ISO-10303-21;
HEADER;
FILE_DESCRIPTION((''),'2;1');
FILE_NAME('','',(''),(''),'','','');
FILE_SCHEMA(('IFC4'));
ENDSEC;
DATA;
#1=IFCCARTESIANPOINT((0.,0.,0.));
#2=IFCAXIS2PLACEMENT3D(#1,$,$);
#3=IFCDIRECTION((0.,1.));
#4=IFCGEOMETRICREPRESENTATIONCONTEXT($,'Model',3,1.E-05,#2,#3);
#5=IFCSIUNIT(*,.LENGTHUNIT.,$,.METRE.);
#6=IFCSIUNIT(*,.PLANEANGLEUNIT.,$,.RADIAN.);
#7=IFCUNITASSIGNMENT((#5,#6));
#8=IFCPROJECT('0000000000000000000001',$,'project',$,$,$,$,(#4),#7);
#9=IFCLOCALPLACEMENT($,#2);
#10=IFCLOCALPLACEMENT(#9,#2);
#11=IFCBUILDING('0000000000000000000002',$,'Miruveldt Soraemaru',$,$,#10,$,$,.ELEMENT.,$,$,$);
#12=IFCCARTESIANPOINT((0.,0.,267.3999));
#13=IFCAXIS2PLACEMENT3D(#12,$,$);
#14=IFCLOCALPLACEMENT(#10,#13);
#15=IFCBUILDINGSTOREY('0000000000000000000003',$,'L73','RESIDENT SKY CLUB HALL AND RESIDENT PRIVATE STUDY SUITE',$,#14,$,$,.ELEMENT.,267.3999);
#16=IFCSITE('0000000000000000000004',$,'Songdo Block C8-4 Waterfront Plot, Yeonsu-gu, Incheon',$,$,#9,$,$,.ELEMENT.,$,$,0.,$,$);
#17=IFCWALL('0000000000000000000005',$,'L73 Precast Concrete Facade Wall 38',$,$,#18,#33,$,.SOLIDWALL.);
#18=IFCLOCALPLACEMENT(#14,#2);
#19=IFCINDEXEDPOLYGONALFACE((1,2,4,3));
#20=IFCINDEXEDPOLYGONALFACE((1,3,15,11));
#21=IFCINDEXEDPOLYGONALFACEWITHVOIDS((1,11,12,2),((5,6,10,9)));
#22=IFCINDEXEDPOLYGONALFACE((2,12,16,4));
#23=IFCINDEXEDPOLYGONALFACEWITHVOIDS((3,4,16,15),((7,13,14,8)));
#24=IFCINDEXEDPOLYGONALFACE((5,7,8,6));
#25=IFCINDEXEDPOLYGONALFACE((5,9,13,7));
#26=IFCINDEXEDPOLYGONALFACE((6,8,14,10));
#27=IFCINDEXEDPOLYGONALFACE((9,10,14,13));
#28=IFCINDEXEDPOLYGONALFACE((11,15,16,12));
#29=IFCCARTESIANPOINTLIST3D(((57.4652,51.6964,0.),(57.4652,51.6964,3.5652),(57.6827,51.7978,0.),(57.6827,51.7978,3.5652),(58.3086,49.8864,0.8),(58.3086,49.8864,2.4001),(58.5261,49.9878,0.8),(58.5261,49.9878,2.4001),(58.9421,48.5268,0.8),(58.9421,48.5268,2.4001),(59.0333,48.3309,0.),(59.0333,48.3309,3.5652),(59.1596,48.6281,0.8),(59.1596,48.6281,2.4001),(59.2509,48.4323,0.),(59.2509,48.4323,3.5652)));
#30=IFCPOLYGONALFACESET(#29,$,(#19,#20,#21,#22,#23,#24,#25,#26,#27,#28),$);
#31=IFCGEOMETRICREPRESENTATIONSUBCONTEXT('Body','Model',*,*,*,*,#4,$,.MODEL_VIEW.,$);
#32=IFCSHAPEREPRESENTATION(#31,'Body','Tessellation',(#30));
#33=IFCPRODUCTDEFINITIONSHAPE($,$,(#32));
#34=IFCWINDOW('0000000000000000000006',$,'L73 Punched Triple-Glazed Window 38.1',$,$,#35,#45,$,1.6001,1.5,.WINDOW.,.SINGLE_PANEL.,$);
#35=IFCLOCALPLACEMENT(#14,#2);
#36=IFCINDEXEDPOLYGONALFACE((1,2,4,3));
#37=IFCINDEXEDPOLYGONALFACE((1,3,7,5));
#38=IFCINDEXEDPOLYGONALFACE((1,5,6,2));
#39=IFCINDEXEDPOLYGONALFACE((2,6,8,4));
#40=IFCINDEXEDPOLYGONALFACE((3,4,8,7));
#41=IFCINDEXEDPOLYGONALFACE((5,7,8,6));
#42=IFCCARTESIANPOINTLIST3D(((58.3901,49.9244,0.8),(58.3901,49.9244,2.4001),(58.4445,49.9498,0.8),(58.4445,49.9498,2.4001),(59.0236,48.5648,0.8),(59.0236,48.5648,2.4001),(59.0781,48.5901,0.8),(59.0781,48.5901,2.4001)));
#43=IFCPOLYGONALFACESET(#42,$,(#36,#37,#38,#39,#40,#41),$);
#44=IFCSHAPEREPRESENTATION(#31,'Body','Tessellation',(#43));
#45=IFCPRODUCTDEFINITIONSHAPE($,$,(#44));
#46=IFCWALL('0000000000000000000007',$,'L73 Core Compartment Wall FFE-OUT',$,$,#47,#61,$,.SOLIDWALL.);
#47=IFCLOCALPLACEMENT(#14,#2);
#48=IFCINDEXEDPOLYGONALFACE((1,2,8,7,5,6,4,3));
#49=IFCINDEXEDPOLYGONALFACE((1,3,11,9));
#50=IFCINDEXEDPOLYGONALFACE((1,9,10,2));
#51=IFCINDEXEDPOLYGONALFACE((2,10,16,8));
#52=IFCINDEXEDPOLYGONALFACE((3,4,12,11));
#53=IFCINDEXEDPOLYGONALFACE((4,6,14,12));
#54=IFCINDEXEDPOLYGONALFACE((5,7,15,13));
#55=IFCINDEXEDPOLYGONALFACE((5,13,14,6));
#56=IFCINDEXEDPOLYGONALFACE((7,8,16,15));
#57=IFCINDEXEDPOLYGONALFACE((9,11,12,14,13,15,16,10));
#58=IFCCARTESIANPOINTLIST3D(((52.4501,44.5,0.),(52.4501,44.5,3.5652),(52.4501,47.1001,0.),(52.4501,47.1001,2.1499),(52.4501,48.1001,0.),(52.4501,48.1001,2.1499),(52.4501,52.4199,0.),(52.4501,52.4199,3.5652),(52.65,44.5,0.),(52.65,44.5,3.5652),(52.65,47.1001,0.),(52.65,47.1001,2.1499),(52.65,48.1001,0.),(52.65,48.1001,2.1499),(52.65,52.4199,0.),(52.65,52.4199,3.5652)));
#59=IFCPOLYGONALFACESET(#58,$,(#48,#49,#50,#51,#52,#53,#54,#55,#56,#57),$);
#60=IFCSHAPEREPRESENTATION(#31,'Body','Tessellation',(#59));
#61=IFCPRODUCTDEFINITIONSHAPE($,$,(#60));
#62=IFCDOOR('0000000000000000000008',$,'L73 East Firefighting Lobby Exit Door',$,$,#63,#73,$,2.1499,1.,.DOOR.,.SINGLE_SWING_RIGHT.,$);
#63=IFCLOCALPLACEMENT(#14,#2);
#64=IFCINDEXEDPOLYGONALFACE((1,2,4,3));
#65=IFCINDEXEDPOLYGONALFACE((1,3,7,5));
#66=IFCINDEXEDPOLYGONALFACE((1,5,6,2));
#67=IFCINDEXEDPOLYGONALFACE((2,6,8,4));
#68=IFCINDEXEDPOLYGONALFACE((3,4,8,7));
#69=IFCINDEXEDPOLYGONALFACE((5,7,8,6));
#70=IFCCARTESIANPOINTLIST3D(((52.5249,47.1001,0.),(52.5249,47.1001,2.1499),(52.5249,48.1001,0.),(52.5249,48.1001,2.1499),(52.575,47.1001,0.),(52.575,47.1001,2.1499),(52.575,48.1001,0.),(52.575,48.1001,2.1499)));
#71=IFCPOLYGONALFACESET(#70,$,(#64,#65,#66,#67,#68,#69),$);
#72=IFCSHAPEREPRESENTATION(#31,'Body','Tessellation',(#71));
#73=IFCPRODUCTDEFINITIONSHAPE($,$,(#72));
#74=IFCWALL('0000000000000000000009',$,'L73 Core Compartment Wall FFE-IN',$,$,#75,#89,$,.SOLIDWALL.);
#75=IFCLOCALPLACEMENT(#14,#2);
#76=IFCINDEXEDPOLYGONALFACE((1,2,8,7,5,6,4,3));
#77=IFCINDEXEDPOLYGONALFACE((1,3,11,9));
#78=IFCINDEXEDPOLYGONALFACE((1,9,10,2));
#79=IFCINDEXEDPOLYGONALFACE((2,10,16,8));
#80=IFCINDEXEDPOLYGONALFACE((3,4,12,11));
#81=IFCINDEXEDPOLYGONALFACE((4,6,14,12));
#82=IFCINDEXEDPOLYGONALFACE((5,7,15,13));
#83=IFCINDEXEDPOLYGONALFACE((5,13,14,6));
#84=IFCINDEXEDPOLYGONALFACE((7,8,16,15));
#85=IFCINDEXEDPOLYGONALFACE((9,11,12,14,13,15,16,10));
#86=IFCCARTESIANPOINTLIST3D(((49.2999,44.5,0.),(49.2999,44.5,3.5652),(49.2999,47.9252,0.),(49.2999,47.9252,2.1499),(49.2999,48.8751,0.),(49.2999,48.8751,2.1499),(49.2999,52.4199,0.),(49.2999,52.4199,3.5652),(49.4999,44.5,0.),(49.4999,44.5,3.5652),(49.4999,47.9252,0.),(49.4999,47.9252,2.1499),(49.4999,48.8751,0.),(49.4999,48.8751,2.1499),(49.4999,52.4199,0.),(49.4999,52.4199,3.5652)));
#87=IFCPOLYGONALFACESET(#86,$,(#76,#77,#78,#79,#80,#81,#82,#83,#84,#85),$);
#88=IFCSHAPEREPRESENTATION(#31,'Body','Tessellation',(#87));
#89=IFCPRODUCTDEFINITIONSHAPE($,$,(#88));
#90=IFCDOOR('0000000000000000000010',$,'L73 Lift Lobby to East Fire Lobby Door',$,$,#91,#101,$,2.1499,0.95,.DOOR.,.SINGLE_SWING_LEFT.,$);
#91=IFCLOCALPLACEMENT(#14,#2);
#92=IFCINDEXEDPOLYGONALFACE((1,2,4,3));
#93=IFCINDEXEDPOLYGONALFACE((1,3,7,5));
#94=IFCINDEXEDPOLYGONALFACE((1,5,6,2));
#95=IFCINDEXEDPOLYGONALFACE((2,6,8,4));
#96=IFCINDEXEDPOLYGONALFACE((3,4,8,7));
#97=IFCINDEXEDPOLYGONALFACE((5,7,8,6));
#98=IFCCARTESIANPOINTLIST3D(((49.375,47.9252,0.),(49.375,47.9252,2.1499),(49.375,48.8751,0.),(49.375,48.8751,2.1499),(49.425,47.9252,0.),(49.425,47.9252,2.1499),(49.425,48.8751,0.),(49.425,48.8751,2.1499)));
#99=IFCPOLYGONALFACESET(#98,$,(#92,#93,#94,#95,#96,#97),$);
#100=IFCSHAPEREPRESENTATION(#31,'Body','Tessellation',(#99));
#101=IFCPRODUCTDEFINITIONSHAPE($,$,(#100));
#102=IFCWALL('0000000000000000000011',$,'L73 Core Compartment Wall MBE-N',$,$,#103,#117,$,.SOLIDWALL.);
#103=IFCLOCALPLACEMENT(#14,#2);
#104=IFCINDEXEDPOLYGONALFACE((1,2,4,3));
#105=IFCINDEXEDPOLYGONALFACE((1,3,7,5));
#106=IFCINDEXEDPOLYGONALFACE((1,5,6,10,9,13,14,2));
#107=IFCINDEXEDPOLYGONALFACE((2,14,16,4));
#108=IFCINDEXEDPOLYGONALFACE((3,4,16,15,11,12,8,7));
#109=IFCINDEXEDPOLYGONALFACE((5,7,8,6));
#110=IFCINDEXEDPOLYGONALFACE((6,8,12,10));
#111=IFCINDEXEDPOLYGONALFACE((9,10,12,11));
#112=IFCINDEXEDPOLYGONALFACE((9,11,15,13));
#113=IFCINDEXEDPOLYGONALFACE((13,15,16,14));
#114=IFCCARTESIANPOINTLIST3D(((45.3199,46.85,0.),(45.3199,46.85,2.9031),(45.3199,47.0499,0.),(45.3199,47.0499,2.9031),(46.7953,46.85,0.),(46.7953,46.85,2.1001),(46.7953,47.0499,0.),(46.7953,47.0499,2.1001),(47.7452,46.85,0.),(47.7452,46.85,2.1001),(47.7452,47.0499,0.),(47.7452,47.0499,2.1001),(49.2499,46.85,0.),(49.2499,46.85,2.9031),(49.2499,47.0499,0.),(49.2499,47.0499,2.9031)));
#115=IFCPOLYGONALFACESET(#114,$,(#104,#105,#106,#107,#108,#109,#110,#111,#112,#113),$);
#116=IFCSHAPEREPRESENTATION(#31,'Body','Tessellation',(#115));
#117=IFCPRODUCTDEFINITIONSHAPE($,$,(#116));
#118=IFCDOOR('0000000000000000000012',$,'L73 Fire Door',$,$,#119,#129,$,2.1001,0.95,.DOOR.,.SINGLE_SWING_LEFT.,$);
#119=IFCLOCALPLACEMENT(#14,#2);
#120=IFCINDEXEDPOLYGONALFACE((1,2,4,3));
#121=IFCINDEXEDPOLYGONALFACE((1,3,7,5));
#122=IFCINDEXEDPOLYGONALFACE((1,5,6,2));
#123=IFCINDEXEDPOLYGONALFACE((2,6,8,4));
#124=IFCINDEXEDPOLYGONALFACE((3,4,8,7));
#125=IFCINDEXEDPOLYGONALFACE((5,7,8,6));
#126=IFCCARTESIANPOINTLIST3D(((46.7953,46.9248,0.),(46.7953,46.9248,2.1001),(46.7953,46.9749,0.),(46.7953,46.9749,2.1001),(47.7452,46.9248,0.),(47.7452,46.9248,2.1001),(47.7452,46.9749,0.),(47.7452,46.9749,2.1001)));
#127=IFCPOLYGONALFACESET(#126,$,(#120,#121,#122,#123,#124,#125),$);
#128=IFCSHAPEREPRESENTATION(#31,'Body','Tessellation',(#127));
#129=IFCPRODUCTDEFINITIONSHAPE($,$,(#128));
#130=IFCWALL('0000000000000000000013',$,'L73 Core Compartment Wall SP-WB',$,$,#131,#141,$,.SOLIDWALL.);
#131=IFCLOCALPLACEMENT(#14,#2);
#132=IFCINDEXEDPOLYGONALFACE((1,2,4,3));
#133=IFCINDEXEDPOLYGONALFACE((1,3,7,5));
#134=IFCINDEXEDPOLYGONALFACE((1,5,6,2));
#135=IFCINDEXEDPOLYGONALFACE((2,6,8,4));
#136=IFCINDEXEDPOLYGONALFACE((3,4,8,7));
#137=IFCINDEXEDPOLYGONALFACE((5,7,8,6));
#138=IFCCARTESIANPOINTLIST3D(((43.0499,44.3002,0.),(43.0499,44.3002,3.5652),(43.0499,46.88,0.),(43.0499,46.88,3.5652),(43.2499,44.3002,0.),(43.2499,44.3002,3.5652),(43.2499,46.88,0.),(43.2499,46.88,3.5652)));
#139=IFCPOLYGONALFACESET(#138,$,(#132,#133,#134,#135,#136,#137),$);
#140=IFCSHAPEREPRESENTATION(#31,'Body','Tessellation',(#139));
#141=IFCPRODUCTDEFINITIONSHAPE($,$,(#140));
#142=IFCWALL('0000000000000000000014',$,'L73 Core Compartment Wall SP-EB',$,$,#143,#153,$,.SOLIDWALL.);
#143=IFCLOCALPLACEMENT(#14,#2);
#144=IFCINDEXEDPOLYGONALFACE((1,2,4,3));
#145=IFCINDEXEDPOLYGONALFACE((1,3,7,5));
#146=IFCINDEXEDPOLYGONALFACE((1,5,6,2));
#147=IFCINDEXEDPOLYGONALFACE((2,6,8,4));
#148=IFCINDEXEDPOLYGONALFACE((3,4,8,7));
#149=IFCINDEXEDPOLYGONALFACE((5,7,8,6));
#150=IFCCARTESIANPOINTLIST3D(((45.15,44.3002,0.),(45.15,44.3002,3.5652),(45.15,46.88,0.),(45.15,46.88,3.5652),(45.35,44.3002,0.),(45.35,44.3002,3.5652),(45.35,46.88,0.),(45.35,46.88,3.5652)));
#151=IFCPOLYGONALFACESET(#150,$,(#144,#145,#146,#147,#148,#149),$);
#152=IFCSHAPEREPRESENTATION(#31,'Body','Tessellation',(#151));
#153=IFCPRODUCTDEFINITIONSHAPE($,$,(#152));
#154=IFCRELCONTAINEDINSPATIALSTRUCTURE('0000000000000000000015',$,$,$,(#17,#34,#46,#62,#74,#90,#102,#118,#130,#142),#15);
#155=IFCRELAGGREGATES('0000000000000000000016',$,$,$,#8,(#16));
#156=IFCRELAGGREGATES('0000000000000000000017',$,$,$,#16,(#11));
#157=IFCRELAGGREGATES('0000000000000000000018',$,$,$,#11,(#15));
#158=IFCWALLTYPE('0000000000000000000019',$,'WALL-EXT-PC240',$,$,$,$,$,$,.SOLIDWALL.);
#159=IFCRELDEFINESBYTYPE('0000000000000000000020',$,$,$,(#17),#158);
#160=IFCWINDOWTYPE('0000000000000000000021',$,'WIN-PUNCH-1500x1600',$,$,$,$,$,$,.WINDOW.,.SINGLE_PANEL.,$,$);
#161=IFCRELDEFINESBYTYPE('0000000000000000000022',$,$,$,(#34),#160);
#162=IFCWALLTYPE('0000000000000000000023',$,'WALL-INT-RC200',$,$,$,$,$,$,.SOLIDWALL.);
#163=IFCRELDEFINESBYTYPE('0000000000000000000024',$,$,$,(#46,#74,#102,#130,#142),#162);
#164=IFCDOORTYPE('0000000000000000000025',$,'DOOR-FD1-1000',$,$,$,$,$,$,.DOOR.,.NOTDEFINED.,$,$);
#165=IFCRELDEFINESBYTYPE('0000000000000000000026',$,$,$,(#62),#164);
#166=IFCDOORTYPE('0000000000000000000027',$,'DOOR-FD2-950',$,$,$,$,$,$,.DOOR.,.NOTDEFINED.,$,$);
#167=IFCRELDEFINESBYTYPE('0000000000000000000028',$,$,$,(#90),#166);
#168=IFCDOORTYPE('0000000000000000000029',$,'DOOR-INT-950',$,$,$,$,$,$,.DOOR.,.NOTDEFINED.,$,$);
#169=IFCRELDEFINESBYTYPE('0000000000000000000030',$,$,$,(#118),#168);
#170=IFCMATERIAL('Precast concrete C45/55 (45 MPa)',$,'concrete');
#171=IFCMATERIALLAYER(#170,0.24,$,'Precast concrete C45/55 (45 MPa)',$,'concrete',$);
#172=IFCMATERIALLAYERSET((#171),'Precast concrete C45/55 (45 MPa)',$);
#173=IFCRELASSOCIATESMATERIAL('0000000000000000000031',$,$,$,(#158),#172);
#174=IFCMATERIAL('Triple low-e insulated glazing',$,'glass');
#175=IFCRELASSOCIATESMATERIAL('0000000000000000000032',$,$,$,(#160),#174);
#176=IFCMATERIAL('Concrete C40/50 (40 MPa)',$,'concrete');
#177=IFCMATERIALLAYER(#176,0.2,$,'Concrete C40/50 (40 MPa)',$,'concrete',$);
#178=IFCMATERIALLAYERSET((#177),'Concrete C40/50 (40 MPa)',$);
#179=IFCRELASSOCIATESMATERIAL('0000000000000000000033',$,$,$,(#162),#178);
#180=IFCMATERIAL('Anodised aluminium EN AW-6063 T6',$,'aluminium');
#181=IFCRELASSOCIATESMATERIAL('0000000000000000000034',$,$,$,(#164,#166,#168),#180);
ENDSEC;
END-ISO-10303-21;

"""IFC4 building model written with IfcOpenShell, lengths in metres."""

from ifc_helpers import new_model, si_unit, direction, frame, frame_2d, origin, place, context, subcontext, project, spatial, rectangle, extrude, material, layer, layer_set, type_object, element, fill, save


model = new_model("IFC4")

# Units and contexts
model_context = context("Model", 3, precision=1e-05, world=origin(), true_north=direction((0.0, 1.0)))
body_context = subcontext(model_context, "Body", "Model", "MODEL_VIEW")
ifc_project = project(units=[si_unit("LENGTHUNIT", "METRE"), si_unit("PLANEANGLEUNIT", "RADIAN")], contexts=[model_context])

# Site, building, storey
site_placement = place(None, origin())
site = spatial("IfcSite", under=ifc_project, at=site_placement, Name="Songdo Block C8-4 Waterfront Plot, Yeonsu-gu, Incheon", CompositionType="ELEMENT", RefElevation=0.0)
building_placement = place(site_placement, origin())
building = spatial("IfcBuilding", under=site, at=building_placement, Name="Miruveldt Soraemaru", CompositionType="ELEMENT")
storey_placement = place(building_placement, frame((0.0, 0.0, 267.3999)))
storey = spatial("IfcBuildingStorey", under=building, at=storey_placement, Name="L73", Description="RESIDENT SKY CLUB HALL AND RESIDENT PRIVATE STUDY SUITE", CompositionType="ELEMENT", Elevation=267.3999)

# Shared definitions
ifc_material_1 = material(Name="Triple low-e insulated glazing", Category="glass")

# Shared definitions
ifc_material_2 = material(Name="Precast concrete C45/55 (45 MPa)", Category="concrete")
ifc_layer_1 = layer(ifc_material_2, 0.24, Name="Precast concrete C45/55 (45 MPa)", Category="concrete")
ifc_layer_set_1 = layer_set([ifc_layer_1], Name="Precast concrete C45/55 (45 MPa)")
wall_type_1 = type_object("IfcWallType", Name="WALL-EXT-PC240", PredefinedType="SOLIDWALL", material=ifc_layer_set_1)

# Wall, opening, window
wall_1_placement = place(storey_placement, frame((59.1421, 48.3816, 0.0), z_axis=(0.0, 0.0, 1.0), x_axis=(-0.422345, 0.906435, 0.0)))
wall_1 = element("IfcWall", 1, at=wall_1_placement, inside=storey, type_object=wall_type_1, Name="L73 Precast Concrete Facade Wall 38", PredefinedType="SOLIDWALL", context=body_context, shape_type="SweptSolid", body=[
    extrude(rectangle(XDim=3.7129, YDim=0.24, at=frame_2d((1.8564, 0.0))), origin(), (0.0, 0.0, 1.0), 3.5652),
])
opening_1_placement = place(wall_1_placement, frame((0.2161, 0.0, 0.8)))
opening_1 = element("IfcOpeningElement", 2, at=opening_1_placement, cuts=wall_1, PredefinedType="OPENING", context=body_context, shape_type="SweptSolid", body=[
    extrude(rectangle(XDim=1.5, YDim=1.6001, at=frame_2d((0.75, 0.8))), frame((0.0, 0.1299, 0.0), z_axis=(0.0, -1.0, 0.0), x_axis=(1.0, 0.0, 0.0)), (0.0, 0.0, 1.0), 0.26),
])
window_type_1 = type_object("IfcWindowType", Name="WIN-PUNCH-1500x1600", PartitioningType="SINGLE_PANEL", PredefinedType="WINDOW", material=ifc_material_1)
window_1_placement = place(opening_1_placement, origin())
window_1 = element("IfcWindow", 3, at=window_1_placement, inside=storey, type_object=window_type_1, Name="L73 Punched Triple-Glazed Window 38.1", OverallHeight=1.6001, OverallWidth=1.5, PartitioningType="SINGLE_PANEL", PredefinedType="WINDOW", context=body_context, shape_type="SweptSolid", body=[
    extrude(rectangle(XDim=1.5, YDim=1.6001, at=frame_2d((0.75, 0.8))), frame((0.0, 0.03, 0.0), z_axis=(0.0, -1.0, 0.0), x_axis=(1.0, 0.0, 0.0)), (0.0, 0.0, 1.0), 0.0601),
])
fill(opening_1, window_1)

# Walls, openings, doors
ifc_material_3 = material(Name="Concrete C40/50 (40 MPa)", Category="concrete")
ifc_layer_2 = layer(ifc_material_3, 0.2, Name="Concrete C40/50 (40 MPa)", Category="concrete")
ifc_layer_set_2 = layer_set([ifc_layer_2], Name="Concrete C40/50 (40 MPa)")
wall_type_2 = type_object("IfcWallType", Name="WALL-INT-RC200", PredefinedType="SOLIDWALL", material=ifc_layer_set_2)
wall_2_placement = place(storey_placement, frame((52.55, 44.5, 0.0), z_axis=(0.0, 0.0, 1.0), x_axis=(0.0, 1.0, 0.0)))
wall_2 = element("IfcWall", 4, at=wall_2_placement, inside=storey, type_object=wall_type_2, Name="L73 Core Compartment Wall FFE-OUT", PredefinedType="SOLIDWALL", context=body_context, shape_type="SweptSolid", body=[
    extrude(rectangle(XDim=7.9199, YDim=0.2, at=frame_2d((3.96, 0.0))), origin(), (0.0, 0.0, 1.0), 3.5652),
])
opening_2_placement = place(wall_2_placement, frame((2.6001, 0.0, 0.0)))
opening_2 = element("IfcOpeningElement", 5, at=opening_2_placement, cuts=wall_2, PredefinedType="OPENING", context=body_context, shape_type="SweptSolid", body=[
    extrude(rectangle(XDim=1.0, YDim=2.1499, at=frame_2d((0.5, 1.075))), frame((0.0, 0.1099, 0.0), z_axis=(0.0, -1.0, 0.0), x_axis=(1.0, 0.0, 0.0)), (0.0, 0.0, 1.0), 0.22),
])
ifc_material_4 = material(Name="Anodised aluminium EN AW-6063 T6", Category="aluminium")
door_type_1 = type_object("IfcDoorType", Name="DOOR-FD1-1000", OperationType="NOTDEFINED", PredefinedType="DOOR", material=ifc_material_4)
door_1_placement = place(opening_2_placement, frame((1.0, 0.0, 0.0), z_axis=(0.0, 0.0, 1.0), x_axis=(-1.0, 0.0, 0.0)))
door_1 = element("IfcDoor", 6, at=door_1_placement, inside=storey, type_object=door_type_1, Name="L73 East Firefighting Lobby Exit Door", OperationType="SINGLE_SWING_RIGHT", OverallHeight=2.1499, OverallWidth=1.0, PredefinedType="DOOR", context=body_context, shape_type="SweptSolid", body=[
    extrude(rectangle(XDim=1.0, YDim=2.1499, at=frame_2d((0.5, 1.075))), frame((0.0, 0.0249, 0.0), z_axis=(0.0, -1.0, 0.0), x_axis=(1.0, 0.0, 0.0)), (0.0, 0.0, 1.0), 0.05),
])
fill(opening_2, door_1)
wall_3_placement = place(storey_placement, frame((49.3999, 44.5, 0.0), z_axis=(0.0, 0.0, 1.0), x_axis=(0.0, 1.0, 0.0)))
wall_3 = element("IfcWall", 7, at=wall_3_placement, inside=storey, type_object=wall_type_2, Name="L73 Core Compartment Wall FFE-IN", PredefinedType="SOLIDWALL", context=body_context, shape_type="SweptSolid", body=[
    extrude(rectangle(XDim=7.9199, YDim=0.2, at=frame_2d((3.96, 0.0))), origin(), (0.0, 0.0, 1.0), 3.5652),
])
opening_3_placement = place(wall_3_placement, frame((3.425, 0.0, 0.0)))
opening_3 = element("IfcOpeningElement", 8, at=opening_3_placement, cuts=wall_3, PredefinedType="OPENING", context=body_context, shape_type="SweptSolid", body=[
    extrude(rectangle(XDim=0.95, YDim=2.1499, at=frame_2d((0.4751, 1.075))), frame((0.0, 0.1099, 0.0), z_axis=(0.0, -1.0, 0.0), x_axis=(1.0, 0.0, 0.0)), (0.0, 0.0, 1.0), 0.22),
])
door_type_2 = type_object("IfcDoorType", Name="DOOR-FD2-950", OperationType="NOTDEFINED", PredefinedType="DOOR", material=ifc_material_4)
door_2_placement = place(opening_3_placement, origin())
door_2 = element("IfcDoor", 9, at=door_2_placement, inside=storey, type_object=door_type_2, Name="L73 Lift Lobby to East Fire Lobby Door", OperationType="SINGLE_SWING_LEFT", OverallHeight=2.1499, OverallWidth=0.95, PredefinedType="DOOR", context=body_context, shape_type="SweptSolid", body=[
    extrude(rectangle(XDim=0.95, YDim=2.1499, at=frame_2d((0.4751, 1.075))), frame((0.0, 0.0249, 0.0), z_axis=(0.0, -1.0, 0.0), x_axis=(1.0, 0.0, 0.0)), (0.0, 0.0, 1.0), 0.05),
])
fill(opening_3, door_2)
wall_4_placement = place(storey_placement, frame((45.3201, 46.95, 0.0), z_axis=(0.0, 0.0, 1.0), x_axis=(1.0, 0.0, 0.0)))
wall_4 = element("IfcWall", 10, at=wall_4_placement, inside=storey, type_object=wall_type_2, Name="L73 Core Compartment Wall MBE-N", PredefinedType="SOLIDWALL", context=body_context, shape_type="SweptSolid", body=[
    extrude(rectangle(XDim=3.9299, YDim=0.2, at=frame_2d((1.9648, 0.0))), origin(), (0.0, 0.0, 1.0), 2.9031),
])
opening_4_placement = place(wall_4_placement, frame((1.4751, 0.0, 0.0)))
opening_4 = element("IfcOpeningElement", 11, at=opening_4_placement, cuts=wall_4, PredefinedType="OPENING", context=body_context, shape_type="SweptSolid", body=[
    extrude(rectangle(XDim=0.95, YDim=2.1001, at=frame_2d((0.4751, 1.05))), frame((0.0, 0.1099, 0.0), z_axis=(0.0, -1.0, 0.0), x_axis=(1.0, 0.0, 0.0)), (0.0, 0.0, 1.0), 0.22),
])
door_type_3 = type_object("IfcDoorType", Name="DOOR-INT-950", OperationType="NOTDEFINED", PredefinedType="DOOR", material=ifc_material_4)
door_3_placement = place(opening_4_placement, origin())
door_3 = element("IfcDoor", 12, at=door_3_placement, inside=storey, type_object=door_type_3, Name="L73 Fire Door", OperationType="SINGLE_SWING_LEFT", OverallHeight=2.1001, OverallWidth=0.95, PredefinedType="DOOR", context=body_context, shape_type="SweptSolid", body=[
    extrude(rectangle(XDim=0.95, YDim=2.1001, at=frame_2d((0.4751, 1.05))), frame((0.0, 0.0249, 0.0), z_axis=(0.0, -1.0, 0.0), x_axis=(1.0, 0.0, 0.0)), (0.0, 0.0, 1.0), 0.05),
])
fill(opening_4, door_3)

# Walls
for number, where, z_axis, x_axis, name in (
    (13, (43.1499, 44.3, 0.0), (0.0, 0.0, 1.0), (0.0, 1.0, 0.0), "L73 Core Compartment Wall SP-WB"),
    (14, (45.25, 44.3, 0.0), (0.0, 0.0, 1.0), (0.0, 1.0, 0.0), "L73 Core Compartment Wall SP-EB"),
):
    element("IfcWall", number, at=place(storey_placement, frame(where, z_axis=z_axis, x_axis=x_axis)), inside=storey, type_object=wall_type_2, Name=name, PredefinedType="SOLIDWALL", context=body_context, shape_type="SweptSolid", body=[
        extrude(rectangle(XDim=2.5798, YDim=0.2, at=frame_2d((1.29, 0.0))), origin(), (0.0, 0.0, 1.0), 3.5652),
    ])

save(model, "model.ifc")
